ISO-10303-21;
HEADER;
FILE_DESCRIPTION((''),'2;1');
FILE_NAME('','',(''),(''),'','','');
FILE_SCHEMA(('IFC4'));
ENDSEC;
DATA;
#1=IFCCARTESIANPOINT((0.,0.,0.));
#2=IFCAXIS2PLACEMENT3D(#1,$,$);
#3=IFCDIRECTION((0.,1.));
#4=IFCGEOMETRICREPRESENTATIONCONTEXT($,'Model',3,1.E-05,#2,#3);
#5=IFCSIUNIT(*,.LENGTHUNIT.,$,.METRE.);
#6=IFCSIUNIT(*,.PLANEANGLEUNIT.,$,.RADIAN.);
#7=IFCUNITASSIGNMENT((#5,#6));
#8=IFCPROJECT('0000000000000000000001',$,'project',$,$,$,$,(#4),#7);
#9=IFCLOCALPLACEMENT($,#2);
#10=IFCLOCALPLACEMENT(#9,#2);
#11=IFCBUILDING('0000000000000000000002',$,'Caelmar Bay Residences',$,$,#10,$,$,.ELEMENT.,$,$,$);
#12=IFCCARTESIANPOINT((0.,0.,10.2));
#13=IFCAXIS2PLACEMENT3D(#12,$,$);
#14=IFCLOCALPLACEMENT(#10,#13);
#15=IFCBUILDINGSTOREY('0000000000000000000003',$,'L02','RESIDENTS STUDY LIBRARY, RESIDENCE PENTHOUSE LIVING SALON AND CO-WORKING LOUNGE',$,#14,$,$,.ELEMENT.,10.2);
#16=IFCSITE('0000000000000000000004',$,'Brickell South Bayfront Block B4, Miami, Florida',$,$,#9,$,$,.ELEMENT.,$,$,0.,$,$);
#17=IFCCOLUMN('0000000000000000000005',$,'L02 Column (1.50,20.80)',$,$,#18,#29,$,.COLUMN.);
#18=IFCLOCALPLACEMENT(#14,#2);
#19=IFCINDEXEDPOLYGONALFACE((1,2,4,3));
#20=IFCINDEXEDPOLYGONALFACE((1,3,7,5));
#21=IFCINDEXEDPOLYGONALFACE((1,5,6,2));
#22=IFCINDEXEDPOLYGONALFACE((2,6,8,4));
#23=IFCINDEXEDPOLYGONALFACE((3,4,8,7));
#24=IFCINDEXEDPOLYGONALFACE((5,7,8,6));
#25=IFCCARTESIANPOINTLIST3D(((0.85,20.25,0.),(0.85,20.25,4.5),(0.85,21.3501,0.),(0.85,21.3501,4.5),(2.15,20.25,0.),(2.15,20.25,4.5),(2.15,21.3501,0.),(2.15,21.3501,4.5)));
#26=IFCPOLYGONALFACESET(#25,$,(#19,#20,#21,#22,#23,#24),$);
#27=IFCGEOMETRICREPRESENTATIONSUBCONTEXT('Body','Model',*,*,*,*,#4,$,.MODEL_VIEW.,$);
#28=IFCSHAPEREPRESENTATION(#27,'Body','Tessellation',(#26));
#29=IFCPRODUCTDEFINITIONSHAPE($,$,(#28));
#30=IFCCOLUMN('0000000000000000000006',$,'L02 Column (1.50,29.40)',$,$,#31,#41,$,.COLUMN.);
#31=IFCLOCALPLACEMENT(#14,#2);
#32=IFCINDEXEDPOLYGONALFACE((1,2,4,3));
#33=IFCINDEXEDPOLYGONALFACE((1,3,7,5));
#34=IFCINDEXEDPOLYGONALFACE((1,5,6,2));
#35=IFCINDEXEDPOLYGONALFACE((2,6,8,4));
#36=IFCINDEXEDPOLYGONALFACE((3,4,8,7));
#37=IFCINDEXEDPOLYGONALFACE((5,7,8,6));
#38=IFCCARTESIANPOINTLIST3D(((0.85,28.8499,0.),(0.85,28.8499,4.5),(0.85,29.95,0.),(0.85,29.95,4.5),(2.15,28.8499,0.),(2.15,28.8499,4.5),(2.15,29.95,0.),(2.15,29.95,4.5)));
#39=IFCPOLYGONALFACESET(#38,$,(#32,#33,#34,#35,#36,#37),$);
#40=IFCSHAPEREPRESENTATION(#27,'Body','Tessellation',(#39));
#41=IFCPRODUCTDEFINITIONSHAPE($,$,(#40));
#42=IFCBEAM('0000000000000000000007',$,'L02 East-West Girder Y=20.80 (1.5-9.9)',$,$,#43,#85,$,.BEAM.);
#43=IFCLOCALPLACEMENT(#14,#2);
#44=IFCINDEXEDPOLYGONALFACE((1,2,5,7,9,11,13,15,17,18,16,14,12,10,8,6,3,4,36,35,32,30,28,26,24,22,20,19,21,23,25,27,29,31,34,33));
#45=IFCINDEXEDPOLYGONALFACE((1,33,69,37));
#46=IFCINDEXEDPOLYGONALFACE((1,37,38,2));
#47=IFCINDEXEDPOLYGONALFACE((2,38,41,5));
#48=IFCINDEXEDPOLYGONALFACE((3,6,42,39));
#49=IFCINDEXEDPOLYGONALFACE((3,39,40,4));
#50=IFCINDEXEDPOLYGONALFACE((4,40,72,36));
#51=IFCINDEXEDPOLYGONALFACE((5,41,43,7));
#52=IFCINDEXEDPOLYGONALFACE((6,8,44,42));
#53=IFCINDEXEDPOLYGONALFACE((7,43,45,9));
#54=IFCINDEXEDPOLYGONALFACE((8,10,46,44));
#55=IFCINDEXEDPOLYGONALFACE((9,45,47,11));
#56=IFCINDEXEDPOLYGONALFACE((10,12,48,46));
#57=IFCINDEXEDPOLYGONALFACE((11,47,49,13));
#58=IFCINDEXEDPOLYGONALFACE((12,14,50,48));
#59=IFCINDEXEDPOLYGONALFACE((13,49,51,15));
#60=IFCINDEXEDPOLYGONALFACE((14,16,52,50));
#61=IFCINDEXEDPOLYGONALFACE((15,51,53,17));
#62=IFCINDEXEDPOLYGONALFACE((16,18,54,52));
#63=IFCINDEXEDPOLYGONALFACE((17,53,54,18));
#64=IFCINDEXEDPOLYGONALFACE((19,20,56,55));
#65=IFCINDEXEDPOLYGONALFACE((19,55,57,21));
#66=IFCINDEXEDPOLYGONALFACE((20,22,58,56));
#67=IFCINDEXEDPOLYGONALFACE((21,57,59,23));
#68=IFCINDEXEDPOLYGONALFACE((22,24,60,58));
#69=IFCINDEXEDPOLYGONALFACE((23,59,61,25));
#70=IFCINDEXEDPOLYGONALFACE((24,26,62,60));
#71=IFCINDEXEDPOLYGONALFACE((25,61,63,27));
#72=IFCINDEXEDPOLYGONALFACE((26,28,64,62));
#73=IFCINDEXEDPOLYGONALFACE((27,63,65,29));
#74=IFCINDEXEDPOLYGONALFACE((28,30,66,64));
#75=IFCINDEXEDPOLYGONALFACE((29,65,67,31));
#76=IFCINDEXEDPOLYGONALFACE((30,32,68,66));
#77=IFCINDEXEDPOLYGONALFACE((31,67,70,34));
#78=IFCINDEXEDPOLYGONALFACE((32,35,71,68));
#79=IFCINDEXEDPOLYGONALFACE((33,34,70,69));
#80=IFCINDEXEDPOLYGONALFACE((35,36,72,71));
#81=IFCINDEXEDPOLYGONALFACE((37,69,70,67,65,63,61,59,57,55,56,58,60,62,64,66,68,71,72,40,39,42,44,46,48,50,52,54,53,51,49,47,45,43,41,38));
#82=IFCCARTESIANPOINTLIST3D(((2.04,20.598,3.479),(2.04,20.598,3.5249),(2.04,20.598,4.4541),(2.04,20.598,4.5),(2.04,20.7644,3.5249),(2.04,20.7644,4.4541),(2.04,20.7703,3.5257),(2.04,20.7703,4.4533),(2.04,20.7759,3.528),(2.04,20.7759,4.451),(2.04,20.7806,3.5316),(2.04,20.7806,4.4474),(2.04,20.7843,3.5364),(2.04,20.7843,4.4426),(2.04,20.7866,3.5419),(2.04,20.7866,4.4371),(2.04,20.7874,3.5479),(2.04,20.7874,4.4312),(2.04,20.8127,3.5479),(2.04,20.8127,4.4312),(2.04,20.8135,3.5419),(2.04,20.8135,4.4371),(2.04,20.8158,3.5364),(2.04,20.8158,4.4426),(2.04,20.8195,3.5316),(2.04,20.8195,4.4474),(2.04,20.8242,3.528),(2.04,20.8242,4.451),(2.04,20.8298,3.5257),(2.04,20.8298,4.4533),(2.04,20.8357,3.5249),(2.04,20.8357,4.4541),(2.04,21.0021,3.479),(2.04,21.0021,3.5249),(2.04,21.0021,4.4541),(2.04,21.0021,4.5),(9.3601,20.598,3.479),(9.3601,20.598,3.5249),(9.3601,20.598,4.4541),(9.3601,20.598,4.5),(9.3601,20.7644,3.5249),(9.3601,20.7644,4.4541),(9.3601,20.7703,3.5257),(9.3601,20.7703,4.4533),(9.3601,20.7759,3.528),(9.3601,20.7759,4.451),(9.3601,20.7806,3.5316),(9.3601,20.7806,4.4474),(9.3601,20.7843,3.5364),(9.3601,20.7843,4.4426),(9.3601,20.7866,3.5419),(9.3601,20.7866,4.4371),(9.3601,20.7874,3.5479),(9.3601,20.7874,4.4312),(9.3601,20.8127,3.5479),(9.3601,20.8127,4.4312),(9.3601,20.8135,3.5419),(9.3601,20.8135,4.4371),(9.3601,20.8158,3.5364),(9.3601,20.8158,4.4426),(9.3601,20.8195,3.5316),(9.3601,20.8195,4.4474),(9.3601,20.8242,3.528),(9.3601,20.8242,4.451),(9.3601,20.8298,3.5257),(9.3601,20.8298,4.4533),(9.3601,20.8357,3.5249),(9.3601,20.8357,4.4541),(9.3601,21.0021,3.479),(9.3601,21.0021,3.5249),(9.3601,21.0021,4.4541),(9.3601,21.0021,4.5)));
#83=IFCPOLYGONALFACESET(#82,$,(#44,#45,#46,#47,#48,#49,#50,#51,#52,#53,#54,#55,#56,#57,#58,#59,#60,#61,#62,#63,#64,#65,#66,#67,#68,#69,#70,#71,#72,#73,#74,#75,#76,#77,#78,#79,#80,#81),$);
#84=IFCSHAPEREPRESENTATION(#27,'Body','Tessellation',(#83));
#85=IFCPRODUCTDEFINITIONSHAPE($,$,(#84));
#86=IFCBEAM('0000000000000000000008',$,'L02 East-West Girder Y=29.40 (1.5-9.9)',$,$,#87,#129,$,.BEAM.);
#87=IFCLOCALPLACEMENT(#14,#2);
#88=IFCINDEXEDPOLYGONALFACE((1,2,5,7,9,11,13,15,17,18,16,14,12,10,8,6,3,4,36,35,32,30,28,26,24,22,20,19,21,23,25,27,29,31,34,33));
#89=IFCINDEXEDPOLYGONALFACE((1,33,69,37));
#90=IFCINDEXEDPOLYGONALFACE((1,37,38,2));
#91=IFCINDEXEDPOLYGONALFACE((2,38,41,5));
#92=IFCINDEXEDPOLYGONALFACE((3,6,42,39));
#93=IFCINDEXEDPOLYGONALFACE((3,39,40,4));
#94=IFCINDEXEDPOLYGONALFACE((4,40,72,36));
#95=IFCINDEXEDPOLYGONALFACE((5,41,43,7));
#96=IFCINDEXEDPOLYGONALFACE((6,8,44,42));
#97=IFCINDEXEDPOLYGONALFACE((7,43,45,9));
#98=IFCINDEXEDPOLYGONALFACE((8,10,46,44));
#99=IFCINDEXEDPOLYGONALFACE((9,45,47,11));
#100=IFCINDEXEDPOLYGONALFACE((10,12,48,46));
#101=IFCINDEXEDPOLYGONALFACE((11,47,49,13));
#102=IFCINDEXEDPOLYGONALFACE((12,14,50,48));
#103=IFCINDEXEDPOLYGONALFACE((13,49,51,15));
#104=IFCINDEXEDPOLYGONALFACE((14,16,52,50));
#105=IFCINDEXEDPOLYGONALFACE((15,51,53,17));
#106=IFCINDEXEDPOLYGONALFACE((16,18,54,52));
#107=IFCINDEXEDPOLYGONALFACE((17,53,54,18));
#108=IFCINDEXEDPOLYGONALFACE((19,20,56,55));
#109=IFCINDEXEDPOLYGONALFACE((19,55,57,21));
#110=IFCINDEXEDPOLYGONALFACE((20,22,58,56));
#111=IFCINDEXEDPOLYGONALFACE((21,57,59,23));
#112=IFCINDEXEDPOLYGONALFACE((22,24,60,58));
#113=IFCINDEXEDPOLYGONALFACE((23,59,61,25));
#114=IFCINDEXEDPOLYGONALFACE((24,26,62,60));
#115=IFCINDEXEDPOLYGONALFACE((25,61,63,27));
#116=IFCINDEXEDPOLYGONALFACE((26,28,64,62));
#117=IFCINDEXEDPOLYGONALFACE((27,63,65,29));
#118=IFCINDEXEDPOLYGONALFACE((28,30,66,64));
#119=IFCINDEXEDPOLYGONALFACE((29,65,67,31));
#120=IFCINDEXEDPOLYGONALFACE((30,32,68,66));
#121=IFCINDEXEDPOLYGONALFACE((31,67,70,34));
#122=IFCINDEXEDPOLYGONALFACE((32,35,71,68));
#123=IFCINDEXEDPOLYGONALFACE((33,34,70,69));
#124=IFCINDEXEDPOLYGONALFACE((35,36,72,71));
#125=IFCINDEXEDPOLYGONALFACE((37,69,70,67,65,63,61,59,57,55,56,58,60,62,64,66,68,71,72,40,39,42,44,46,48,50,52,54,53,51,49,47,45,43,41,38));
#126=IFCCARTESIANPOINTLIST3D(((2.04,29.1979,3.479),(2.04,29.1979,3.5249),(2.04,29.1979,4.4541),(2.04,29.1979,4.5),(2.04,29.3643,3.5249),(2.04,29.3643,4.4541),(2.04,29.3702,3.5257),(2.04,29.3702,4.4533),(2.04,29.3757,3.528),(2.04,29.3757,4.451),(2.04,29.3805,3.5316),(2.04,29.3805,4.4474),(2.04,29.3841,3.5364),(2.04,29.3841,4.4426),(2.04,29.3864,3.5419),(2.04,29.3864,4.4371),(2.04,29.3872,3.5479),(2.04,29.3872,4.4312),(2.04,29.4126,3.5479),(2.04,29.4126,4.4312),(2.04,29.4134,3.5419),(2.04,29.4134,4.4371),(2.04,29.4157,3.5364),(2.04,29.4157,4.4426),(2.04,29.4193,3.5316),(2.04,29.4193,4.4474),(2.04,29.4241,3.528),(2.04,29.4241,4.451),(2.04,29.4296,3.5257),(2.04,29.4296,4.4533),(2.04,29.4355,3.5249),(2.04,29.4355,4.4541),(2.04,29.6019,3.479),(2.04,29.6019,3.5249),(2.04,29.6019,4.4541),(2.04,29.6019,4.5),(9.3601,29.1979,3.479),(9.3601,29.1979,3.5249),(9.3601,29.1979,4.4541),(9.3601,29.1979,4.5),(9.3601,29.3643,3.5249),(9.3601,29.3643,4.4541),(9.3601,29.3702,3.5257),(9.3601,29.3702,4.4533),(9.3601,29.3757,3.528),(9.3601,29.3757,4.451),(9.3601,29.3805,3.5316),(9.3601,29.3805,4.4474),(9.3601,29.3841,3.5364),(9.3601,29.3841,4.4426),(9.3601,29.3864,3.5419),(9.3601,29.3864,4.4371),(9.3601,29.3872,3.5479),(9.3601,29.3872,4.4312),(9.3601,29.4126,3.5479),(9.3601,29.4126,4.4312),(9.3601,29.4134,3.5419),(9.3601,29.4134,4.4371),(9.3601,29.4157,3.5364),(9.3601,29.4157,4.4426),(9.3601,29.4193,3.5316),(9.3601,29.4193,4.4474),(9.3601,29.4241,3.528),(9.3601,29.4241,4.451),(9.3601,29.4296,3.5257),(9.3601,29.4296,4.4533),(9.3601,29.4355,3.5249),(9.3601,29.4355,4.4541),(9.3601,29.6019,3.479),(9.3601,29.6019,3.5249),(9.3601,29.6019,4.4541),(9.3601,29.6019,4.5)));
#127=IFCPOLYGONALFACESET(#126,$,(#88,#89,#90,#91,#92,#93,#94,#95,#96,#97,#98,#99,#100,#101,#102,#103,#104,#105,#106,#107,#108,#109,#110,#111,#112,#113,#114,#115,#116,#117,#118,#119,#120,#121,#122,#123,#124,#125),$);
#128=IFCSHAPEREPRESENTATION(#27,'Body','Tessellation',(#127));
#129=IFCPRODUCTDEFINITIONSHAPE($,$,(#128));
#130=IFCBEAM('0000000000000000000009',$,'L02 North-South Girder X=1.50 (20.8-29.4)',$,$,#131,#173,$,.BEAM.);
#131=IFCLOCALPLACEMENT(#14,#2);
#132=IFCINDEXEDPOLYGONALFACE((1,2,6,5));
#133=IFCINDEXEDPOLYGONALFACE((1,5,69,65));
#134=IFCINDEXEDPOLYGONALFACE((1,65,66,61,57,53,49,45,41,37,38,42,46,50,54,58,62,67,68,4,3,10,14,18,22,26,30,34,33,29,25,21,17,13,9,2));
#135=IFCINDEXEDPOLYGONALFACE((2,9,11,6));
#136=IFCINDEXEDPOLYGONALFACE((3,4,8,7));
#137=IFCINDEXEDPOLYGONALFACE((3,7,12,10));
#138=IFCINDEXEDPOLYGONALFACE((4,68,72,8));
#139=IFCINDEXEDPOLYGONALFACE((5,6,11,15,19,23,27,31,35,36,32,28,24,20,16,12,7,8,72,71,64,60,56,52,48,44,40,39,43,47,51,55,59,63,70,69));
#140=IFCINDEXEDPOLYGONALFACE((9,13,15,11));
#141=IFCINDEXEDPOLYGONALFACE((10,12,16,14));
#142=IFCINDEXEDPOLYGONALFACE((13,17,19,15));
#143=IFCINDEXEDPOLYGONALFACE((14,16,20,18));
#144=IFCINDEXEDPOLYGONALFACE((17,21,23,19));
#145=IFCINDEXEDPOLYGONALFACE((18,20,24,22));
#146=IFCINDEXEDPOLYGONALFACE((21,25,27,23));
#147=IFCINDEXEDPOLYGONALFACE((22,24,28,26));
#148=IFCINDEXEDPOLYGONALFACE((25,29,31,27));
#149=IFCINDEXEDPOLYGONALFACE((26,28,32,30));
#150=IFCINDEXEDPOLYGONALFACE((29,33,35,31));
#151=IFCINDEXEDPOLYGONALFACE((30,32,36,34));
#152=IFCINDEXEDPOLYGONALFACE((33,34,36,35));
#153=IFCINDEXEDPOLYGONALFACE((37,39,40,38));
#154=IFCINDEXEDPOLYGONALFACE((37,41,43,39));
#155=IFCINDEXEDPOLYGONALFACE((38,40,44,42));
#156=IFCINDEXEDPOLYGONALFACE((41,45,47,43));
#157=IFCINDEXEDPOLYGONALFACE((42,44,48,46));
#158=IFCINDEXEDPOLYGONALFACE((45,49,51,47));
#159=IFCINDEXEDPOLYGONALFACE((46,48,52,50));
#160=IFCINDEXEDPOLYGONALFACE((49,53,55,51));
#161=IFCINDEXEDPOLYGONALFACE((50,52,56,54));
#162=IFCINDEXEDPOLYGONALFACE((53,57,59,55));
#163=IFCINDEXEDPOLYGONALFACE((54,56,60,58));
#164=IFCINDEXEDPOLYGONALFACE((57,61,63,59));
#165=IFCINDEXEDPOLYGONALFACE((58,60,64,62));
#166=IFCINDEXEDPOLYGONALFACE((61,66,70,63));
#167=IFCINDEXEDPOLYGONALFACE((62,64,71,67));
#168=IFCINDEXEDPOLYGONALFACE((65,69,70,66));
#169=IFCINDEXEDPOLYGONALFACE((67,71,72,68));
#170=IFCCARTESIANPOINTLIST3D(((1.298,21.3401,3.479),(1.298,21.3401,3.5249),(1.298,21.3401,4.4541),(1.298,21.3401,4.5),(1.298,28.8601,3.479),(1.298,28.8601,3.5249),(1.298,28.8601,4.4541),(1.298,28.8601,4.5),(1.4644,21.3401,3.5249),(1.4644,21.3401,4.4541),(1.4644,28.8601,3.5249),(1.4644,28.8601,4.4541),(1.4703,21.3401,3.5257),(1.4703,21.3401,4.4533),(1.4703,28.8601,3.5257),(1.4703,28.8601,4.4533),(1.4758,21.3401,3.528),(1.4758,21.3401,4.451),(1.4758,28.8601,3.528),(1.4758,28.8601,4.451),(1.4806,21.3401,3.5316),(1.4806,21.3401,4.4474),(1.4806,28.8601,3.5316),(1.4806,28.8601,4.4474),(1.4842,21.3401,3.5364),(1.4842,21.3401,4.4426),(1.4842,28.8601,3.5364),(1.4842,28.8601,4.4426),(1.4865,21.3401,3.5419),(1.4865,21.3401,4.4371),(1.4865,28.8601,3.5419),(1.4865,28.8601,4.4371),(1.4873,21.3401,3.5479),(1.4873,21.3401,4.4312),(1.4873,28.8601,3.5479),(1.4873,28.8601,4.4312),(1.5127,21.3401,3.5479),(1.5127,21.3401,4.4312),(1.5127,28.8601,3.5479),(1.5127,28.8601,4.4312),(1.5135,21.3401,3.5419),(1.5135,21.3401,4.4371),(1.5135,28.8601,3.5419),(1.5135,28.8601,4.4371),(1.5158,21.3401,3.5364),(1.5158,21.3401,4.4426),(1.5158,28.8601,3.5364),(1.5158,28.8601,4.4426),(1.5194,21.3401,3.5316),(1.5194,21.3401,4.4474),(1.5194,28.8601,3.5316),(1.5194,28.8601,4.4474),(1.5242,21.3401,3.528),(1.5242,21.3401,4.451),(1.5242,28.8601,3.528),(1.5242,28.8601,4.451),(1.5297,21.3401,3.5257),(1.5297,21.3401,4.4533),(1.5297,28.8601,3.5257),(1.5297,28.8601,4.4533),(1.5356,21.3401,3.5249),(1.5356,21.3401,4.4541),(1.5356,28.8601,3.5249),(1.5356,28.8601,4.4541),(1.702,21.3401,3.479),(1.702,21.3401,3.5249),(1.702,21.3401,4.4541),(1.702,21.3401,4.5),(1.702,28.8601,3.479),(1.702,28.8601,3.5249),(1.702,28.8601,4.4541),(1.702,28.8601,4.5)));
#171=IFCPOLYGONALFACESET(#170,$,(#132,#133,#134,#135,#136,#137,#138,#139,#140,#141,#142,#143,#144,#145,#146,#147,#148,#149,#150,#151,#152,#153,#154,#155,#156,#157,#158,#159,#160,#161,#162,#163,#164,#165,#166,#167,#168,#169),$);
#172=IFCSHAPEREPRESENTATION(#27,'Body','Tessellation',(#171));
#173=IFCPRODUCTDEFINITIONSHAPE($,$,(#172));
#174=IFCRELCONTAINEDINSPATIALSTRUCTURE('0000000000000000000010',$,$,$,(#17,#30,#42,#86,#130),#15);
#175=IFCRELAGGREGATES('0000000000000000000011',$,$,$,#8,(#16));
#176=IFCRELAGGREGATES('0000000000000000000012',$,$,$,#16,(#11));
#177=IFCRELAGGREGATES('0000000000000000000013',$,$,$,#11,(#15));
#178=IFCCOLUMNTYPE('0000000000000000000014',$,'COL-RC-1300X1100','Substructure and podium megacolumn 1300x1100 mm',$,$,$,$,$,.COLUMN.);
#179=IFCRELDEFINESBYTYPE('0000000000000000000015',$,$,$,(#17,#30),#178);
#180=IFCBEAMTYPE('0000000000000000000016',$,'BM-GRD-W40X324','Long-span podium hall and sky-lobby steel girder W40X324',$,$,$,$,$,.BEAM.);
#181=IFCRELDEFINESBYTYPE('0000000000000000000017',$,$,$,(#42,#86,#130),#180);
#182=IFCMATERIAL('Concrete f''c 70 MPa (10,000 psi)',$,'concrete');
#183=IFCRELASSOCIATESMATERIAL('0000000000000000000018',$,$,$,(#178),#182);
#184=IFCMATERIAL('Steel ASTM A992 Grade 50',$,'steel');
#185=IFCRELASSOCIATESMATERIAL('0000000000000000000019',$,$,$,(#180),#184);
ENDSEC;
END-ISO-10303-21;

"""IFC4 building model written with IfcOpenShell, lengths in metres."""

from ifc_helpers import new_model, si_unit, direction, frame, origin, origin_2d, place, context, subcontext, project, spatial, rectangle, i_section, extrude, material, material_profile, profile_set, type_object, element, save


model = new_model("IFC4")

# Units and contexts
model_context = context("Model", 3, precision=1e-05, world=origin(), true_north=direction((0.0, 1.0)))
body_context = subcontext(model_context, "Body", "Model", "MODEL_VIEW")
ifc_project = project(units=[si_unit("LENGTHUNIT", "METRE"), si_unit("PLANEANGLEUNIT", "RADIAN")], contexts=[model_context])

# Site, building, storey
site_placement = place(None, origin())
site = spatial("IfcSite", under=ifc_project, at=site_placement, Name="Brickell South Bayfront Block B4, Miami, Florida", CompositionType="ELEMENT", RefElevation=0.0)
building_placement = place(site_placement, origin())
building = spatial("IfcBuilding", under=site, at=building_placement, Name="Caelmar Bay Residences", CompositionType="ELEMENT")
storey_placement = place(building_placement, frame((0.0, 0.0, 10.2)))
storey = spatial("IfcBuildingStorey", under=building, at=storey_placement, Name="L02", Description="RESIDENTS STUDY LIBRARY, RESIDENCE PENTHOUSE LIVING SALON AND CO-WORKING LOUNGE", CompositionType="ELEMENT", Elevation=10.2)

# Columns
ifc_material_1 = material(Name="Concrete f'c 70 MPa (10,000 psi)", Category="concrete")
ifc_material_profile_1 = material_profile(ifc_material_1, rectangle(XDim=1.3, YDim=1.1001, at=origin_2d()), Name="RC-COL-1300X1100")
ifc_profile_set_1 = profile_set([ifc_material_profile_1], Name="Concrete f'c 70 MPa (10,000 psi)")
column_type = type_object("IfcColumnType", Name="COL-RC-1300X1100", Description="Substructure and podium megacolumn 1300x1100 mm", PredefinedType="COLUMN", material=ifc_profile_set_1)
for number, where, z_axis, x_axis, name in (
    (1, (1.5, 20.8, 0.0), (0.0, 0.0, 1.0), (1.0, 0.0, 0.0), "L02 Column (1.50,20.80)"),
    (2, (1.5, 29.3999, 0.0), (0.0, 0.0, 1.0), (1.0, 0.0, 0.0), "L02 Column (1.50,29.40)"),
):
    element("IfcColumn", number, at=place(storey_placement, frame(where, z_axis=z_axis, x_axis=x_axis)), inside=storey, type_object=column_type, Name=name, PredefinedType="COLUMN", context=body_context, shape_type="SweptSolid", body=[
        extrude(rectangle(XDim=1.3, YDim=1.1001, at=origin_2d()), origin(), (0.0, 0.0, 1.0), 4.5),
    ])

# Beams
ifc_material_2 = material(Name="Steel ASTM A992 Grade 50", Category="steel")
ifc_material_profile_2 = material_profile(ifc_material_2, i_section(OverallWidth=0.4041, OverallDepth=1.021, WebThickness=0.0254, FlangeThickness=0.0459, FilletRadius=0.0229, at=origin_2d()), Name="W40X324")
ifc_profile_set_2 = profile_set([ifc_material_profile_2], Name="Steel ASTM A992 Grade 50")
beam_type_1 = type_object("IfcBeamType", Name="BM-GRD-W40X324", Description="Long-span podium hall and sky-lobby steel girder W40X324", PredefinedType="BEAM", material=ifc_profile_set_2)
for number, where, z_axis, x_axis, name in (
    (3, (2.04, 20.8, 3.9895), (1.0, 0.0, 0.0), (0.0, 1.0, 0.0), "L02 East-West Girder Y=20.80 (1.5-9.9)"),
    (4, (2.04, 29.3999, 3.9895), (1.0, 0.0, 0.0), (0.0, 1.0, 0.0), "L02 East-West Girder Y=29.40 (1.5-9.9)"),
):
    element("IfcBeam", number, at=place(storey_placement, frame(where, z_axis=z_axis, x_axis=x_axis)), inside=storey, type_object=beam_type_1, Name=name, PredefinedType="BEAM", context=body_context, shape_type="SweptSolid", body=[
        extrude(i_section(OverallWidth=0.4041, OverallDepth=1.021, WebThickness=0.0254, FlangeThickness=0.0459, FilletRadius=0.0229, at=origin_2d()), origin(), (0.0, 0.0, 1.0), 7.3201),
    ])
beam_1_placement = place(storey_placement, frame((1.5, 21.3401, 3.9895), z_axis=(0.0, 1.0, 0.0), x_axis=(-1.0, 0.0, 0.0)))
element("IfcBeam", 5, at=beam_1_placement, inside=storey, type_object=beam_type_1, Name="L02 North-South Girder X=1.50 (20.8-29.4)", PredefinedType="BEAM", context=body_context, shape_type="SweptSolid", body=[
    extrude(i_section(OverallWidth=0.4041, OverallDepth=1.021, WebThickness=0.0254, FlangeThickness=0.0459, FilletRadius=0.0229, at=origin_2d()), origin(), (0.0, 0.0, 1.0), 7.52),
])

save(model, "model.ifc")
